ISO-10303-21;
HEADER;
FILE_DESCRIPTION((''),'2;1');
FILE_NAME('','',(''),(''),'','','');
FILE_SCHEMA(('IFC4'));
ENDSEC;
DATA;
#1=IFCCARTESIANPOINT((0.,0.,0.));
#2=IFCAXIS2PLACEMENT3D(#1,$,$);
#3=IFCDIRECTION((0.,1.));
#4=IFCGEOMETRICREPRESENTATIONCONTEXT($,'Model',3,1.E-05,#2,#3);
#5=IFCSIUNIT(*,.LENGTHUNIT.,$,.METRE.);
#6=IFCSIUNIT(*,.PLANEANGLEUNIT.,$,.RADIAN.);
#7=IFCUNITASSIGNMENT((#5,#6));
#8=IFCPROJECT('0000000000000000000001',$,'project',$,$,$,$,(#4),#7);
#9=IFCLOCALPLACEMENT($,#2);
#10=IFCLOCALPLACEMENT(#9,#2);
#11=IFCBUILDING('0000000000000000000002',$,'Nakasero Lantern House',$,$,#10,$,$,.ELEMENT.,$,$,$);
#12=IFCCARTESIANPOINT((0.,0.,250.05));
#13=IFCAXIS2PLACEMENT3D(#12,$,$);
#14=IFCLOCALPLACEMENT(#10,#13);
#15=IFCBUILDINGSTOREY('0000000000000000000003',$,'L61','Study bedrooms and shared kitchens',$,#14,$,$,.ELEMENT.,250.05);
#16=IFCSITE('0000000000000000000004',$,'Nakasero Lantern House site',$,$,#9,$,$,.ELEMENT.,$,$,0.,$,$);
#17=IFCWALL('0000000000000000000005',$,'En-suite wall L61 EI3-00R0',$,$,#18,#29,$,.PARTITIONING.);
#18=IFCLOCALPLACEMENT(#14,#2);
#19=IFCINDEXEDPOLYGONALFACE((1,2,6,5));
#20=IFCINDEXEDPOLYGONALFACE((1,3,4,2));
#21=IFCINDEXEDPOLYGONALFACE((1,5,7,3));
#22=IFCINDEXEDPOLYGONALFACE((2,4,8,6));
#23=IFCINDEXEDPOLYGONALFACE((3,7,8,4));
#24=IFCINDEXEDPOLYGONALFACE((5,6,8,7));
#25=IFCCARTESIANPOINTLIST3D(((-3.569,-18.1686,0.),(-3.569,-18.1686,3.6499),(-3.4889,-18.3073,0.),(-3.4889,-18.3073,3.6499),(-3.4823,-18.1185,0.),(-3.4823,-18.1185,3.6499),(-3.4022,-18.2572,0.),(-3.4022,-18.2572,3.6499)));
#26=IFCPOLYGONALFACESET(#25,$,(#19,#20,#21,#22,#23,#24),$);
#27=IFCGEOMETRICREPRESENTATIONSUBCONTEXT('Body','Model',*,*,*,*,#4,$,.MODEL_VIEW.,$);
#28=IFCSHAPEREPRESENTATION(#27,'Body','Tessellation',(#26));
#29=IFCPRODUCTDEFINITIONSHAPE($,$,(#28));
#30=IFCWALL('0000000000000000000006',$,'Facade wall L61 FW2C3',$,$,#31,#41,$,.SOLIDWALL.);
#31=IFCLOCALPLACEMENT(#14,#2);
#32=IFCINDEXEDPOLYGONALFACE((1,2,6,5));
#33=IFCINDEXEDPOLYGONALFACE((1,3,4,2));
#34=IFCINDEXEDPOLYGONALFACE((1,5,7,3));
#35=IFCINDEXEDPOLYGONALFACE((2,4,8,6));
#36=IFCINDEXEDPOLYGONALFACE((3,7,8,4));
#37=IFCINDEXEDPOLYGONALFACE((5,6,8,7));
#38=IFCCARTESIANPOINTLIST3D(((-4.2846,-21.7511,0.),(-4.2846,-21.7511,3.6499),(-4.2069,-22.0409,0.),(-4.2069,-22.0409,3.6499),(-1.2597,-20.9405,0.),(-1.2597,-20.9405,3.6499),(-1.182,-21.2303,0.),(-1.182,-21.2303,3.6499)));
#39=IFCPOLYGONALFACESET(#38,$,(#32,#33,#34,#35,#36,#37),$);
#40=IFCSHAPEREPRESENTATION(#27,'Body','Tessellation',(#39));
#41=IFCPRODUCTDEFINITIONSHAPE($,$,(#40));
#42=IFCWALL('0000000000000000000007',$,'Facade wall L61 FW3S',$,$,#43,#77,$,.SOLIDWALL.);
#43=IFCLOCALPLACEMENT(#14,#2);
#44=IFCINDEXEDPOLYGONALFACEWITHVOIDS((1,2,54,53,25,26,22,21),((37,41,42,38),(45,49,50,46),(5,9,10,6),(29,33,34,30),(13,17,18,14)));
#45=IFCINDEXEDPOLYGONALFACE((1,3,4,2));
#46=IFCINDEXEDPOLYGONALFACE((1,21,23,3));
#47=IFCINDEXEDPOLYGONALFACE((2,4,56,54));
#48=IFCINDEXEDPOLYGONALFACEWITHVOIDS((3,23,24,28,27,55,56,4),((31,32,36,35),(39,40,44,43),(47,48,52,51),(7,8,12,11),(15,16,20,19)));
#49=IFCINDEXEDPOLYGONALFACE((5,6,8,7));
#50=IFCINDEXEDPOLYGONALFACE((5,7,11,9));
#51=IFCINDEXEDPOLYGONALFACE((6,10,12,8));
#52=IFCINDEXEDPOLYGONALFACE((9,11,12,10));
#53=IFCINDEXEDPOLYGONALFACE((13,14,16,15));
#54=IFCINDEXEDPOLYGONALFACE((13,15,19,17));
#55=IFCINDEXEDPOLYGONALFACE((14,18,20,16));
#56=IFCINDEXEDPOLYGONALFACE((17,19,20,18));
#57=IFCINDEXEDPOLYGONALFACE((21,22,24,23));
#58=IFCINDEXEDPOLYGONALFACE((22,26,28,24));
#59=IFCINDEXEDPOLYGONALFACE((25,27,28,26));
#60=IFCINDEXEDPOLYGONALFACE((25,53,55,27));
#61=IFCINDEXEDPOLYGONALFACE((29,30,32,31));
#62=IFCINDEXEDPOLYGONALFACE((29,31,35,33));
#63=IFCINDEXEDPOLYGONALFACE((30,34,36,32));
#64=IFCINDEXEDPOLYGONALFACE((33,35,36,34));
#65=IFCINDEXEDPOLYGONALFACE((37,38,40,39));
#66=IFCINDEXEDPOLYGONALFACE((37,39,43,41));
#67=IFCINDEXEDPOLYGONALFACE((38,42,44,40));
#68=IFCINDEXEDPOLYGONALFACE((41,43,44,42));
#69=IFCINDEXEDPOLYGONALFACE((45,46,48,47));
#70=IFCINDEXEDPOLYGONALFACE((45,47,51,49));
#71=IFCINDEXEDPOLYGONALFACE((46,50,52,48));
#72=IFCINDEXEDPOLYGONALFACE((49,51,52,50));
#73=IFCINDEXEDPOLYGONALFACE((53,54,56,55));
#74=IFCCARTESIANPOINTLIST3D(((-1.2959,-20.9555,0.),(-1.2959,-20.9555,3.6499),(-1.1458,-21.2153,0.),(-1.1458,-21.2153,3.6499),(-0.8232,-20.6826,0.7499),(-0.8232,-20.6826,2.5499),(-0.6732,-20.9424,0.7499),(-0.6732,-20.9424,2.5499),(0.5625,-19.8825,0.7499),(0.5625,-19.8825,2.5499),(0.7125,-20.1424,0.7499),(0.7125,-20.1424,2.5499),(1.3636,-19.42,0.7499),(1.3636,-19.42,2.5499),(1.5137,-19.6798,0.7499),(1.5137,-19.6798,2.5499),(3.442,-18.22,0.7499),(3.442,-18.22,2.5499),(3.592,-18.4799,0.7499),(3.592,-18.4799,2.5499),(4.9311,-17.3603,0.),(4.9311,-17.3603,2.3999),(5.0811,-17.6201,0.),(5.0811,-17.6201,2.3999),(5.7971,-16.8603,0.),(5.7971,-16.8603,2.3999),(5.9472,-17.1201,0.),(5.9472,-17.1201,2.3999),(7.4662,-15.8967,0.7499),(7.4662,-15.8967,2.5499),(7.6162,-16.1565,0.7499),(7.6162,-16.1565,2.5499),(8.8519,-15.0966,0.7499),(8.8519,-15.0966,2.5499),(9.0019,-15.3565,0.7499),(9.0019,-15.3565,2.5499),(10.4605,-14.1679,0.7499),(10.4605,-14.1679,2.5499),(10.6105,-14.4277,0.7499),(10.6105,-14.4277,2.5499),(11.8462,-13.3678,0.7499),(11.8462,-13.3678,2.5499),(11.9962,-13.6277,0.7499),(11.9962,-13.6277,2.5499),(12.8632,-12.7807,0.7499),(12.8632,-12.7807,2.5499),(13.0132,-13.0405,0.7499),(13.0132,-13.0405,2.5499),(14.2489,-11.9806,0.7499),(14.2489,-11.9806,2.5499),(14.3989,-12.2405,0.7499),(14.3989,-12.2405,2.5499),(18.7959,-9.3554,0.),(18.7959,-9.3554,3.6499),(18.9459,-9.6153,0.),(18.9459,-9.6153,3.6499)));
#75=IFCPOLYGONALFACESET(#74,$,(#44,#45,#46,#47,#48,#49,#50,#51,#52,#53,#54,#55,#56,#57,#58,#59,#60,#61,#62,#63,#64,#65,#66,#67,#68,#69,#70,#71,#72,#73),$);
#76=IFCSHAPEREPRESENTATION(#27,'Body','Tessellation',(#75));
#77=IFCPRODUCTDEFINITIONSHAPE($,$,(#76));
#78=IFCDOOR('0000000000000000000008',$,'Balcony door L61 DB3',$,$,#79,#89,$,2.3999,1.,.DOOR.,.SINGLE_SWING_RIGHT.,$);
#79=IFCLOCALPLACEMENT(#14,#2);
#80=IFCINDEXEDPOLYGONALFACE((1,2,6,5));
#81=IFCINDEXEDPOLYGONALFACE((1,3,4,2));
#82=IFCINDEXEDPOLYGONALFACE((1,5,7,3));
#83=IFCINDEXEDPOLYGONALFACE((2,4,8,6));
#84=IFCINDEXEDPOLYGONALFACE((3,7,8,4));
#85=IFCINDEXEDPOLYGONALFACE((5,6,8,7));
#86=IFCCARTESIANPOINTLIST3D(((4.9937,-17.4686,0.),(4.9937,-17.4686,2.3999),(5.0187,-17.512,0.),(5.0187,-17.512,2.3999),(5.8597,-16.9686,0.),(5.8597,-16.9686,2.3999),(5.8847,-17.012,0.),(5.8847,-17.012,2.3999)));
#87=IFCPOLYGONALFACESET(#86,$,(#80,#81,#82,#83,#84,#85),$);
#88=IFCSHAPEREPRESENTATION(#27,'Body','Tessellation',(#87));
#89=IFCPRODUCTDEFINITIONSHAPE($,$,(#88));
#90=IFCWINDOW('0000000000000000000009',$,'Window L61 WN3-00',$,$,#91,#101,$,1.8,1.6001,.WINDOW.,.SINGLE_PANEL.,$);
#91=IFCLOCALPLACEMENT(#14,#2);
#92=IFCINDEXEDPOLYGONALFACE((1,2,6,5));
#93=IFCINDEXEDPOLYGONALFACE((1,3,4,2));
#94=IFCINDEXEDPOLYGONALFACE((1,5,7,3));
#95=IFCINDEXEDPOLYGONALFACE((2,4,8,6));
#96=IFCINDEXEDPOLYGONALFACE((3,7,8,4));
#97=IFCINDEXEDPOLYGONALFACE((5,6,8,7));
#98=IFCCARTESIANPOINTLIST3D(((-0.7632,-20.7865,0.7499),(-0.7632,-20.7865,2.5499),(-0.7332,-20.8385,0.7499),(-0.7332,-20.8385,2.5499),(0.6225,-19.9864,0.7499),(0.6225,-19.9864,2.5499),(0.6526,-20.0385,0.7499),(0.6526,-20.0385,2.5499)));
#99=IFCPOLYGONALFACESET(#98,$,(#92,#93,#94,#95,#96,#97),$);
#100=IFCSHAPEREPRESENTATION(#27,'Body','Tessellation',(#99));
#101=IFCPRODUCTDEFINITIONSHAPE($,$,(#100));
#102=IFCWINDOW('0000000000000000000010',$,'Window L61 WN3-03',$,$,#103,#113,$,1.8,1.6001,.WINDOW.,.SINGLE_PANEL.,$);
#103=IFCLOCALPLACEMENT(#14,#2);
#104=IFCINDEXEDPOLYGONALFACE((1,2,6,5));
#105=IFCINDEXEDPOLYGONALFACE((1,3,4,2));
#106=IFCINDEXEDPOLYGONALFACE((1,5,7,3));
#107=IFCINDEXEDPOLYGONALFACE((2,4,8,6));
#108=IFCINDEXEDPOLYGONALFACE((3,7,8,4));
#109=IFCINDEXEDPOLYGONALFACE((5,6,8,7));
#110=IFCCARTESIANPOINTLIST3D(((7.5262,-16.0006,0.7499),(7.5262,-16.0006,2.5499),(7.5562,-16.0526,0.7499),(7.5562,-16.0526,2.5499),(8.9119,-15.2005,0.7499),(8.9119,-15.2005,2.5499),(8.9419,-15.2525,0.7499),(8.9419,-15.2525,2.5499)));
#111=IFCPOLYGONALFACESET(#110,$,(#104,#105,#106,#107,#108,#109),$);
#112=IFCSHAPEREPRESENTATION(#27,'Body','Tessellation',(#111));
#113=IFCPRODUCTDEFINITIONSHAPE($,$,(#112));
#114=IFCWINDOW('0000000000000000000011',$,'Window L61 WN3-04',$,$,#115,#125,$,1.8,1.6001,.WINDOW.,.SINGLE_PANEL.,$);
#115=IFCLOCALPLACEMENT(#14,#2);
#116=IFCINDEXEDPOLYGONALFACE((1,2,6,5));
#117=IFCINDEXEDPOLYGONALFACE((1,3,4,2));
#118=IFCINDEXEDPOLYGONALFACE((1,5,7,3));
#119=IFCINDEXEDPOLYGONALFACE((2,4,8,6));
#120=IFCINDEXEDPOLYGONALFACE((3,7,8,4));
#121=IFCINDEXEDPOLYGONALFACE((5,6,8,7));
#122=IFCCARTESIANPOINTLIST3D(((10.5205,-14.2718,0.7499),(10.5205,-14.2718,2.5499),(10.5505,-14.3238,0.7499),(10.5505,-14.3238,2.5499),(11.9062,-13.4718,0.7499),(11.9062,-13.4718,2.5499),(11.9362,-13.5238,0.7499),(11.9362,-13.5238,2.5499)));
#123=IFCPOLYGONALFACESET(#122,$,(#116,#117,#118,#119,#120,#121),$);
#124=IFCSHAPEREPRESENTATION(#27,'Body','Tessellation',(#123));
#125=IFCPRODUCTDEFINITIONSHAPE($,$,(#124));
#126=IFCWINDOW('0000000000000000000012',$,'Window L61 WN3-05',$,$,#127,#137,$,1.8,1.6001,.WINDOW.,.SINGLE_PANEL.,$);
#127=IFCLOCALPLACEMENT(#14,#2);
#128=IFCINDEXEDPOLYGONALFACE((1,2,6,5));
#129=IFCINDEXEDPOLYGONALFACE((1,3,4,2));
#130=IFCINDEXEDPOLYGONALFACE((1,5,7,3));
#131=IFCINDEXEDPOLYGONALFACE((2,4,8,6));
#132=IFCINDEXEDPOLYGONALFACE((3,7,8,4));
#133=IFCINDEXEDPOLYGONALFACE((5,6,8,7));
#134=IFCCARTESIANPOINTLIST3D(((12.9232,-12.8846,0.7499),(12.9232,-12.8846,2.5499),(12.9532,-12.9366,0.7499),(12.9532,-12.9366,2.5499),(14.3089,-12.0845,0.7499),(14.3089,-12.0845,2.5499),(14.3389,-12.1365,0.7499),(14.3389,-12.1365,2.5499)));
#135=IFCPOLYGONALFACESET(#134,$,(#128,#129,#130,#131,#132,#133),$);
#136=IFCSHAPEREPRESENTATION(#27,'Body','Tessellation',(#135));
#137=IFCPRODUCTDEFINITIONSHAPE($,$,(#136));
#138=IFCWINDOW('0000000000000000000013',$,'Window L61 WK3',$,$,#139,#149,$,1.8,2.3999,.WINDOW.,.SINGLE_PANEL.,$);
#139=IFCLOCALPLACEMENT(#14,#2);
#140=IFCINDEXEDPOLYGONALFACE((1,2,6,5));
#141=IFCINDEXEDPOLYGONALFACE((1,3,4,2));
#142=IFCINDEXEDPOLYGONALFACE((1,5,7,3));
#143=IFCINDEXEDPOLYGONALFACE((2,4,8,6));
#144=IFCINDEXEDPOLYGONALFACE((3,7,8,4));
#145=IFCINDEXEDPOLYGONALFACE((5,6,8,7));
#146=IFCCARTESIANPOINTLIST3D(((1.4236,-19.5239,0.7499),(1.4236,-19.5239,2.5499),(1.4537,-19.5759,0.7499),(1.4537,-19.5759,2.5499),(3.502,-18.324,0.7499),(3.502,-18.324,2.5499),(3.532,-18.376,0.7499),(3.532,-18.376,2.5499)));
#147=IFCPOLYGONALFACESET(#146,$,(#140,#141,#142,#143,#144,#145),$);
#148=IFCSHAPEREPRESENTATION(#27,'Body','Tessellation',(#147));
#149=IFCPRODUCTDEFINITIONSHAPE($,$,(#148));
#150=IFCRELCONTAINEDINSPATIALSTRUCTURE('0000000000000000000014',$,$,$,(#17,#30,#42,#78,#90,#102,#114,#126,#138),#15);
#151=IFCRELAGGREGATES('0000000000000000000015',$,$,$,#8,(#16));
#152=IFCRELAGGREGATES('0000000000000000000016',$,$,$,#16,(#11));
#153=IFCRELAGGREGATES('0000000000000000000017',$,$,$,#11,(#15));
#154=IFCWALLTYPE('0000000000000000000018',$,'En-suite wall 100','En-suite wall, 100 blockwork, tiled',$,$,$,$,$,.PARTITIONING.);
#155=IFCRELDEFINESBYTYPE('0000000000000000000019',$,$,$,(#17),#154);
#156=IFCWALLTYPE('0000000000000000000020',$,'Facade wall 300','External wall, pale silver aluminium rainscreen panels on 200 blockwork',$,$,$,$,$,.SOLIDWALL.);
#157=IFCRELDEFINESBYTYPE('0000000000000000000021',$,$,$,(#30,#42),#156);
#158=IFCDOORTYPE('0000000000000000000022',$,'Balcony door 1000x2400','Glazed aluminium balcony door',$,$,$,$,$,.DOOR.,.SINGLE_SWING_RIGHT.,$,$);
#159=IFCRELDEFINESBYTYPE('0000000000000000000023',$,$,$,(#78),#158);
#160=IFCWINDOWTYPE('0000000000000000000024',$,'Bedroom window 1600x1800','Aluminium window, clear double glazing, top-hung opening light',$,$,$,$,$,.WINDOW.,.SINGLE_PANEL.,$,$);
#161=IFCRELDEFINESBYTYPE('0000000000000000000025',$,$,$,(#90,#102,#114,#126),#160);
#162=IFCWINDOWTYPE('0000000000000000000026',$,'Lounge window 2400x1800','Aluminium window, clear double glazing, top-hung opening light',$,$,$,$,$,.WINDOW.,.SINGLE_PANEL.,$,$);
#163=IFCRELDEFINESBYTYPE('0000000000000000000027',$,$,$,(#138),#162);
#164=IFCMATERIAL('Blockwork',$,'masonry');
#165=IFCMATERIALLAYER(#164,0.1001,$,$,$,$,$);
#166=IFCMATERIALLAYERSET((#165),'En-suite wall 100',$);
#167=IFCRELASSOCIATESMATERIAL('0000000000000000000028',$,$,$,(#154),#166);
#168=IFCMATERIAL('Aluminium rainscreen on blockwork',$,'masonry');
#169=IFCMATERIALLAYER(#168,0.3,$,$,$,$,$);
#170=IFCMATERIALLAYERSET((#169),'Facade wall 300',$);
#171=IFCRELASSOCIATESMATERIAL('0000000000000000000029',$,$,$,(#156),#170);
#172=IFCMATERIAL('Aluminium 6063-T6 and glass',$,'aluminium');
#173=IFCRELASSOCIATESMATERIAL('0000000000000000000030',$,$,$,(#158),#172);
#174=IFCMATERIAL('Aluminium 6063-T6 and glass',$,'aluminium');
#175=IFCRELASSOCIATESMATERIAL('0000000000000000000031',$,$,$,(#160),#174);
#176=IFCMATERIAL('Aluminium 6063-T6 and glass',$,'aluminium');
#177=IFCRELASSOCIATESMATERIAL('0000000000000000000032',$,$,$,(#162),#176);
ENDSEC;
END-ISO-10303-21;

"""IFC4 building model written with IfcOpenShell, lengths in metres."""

from ifc_helpers import new_model, si_unit, direction, frame, frame_2d, origin, place, context, subcontext, project, spatial, rectangle, extrude, material, layer, layer_set, type_object, element, fill, save


model = new_model("IFC4")

# Units and contexts
model_context = context("Model", 3, precision=1e-05, world=origin(), true_north=direction((0.0, 1.0)))
body_context = subcontext(model_context, "Body", "Model", "MODEL_VIEW")
ifc_project = project(units=[si_unit("LENGTHUNIT", "METRE"), si_unit("PLANEANGLEUNIT", "RADIAN")], contexts=[model_context])

# Site, building, storey
site_placement = place(None, origin())
site = spatial("IfcSite", under=ifc_project, at=site_placement, Name="Nakasero Lantern House site", CompositionType="ELEMENT", RefElevation=0.0)
building_placement = place(site_placement, origin())
building = spatial("IfcBuilding", under=site, at=building_placement, Name="Nakasero Lantern House", CompositionType="ELEMENT")
storey_placement = place(building_placement, frame((0.0, 0.0, 250.05)))
storey = spatial("IfcBuildingStorey", under=building, at=storey_placement, Name="L61", Description="Study bedrooms and shared kitchens", CompositionType="ELEMENT", Elevation=250.05)

# Shared definitions
ifc_material_1 = material(Name="Blockwork", Category="masonry")
ifc_layer_1 = layer(ifc_material_1, 0.1001)
ifc_layer_set_1 = layer_set([ifc_layer_1], Name="En-suite wall 100")
wall_type_1 = type_object("IfcWallType", Name="En-suite wall 100", Description="En-suite wall, 100 blockwork, tiled", PredefinedType="PARTITIONING", material=ifc_layer_set_1)

# Walls
wall_1_placement = place(storey_placement, frame((-3.5256, -18.1436, 0.0), z_axis=(0.0, 0.0, 1.0), x_axis=(0.500074, -0.865982, 0.0)))
element("IfcWall", 1, at=wall_1_placement, inside=storey, type_object=wall_type_1, Name="En-suite wall L61 EI3-00R0", PredefinedType="PARTITIONING", context=body_context, shape_type="SweptSolid", body=[
    extrude(rectangle(XDim=0.1602, YDim=0.1001, at=frame_2d((0.0801, 0.0))), origin(), (0.0, 0.0, 1.0), 3.6499),
])
ifc_material_2 = material(Name="Aluminium rainscreen on blockwork", Category="masonry")
ifc_layer_2 = layer(ifc_material_2, 0.3)
ifc_layer_set_2 = layer_set([ifc_layer_2], Name="Facade wall 300")
wall_type_2 = type_object("IfcWallType", Name="Facade wall 300", Description="External wall, pale silver aluminium rainscreen panels on 200 blockwork", PredefinedType="SOLIDWALL", material=ifc_layer_set_2)
wall_2_placement = place(storey_placement, frame((-4.2458, -21.896, 0.0), z_axis=(0.0, 0.0, 1.0), x_axis=(0.965924, 0.258827, 0.0)))
element("IfcWall", 2, at=wall_2_placement, inside=storey, type_object=wall_type_2, Name="Facade wall L61 FW2C3", PredefinedType="SOLIDWALL", context=body_context, shape_type="SweptSolid", body=[
    extrude(rectangle(XDim=3.1316, YDim=0.3, at=frame_2d((1.5659, 0.0))), origin(), (0.0, 0.0, 1.0), 3.6499),
])

# Wall, openings, door, windows
wall_3_placement = place(storey_placement, frame((-1.2209, -21.0854, 0.0), z_axis=(0.0, 0.0, 1.0), x_axis=(0.866024, 0.500003, 0.0)))
wall_3 = element("IfcWall", 3, at=wall_3_placement, inside=storey, type_object=wall_type_2, Name="Facade wall L61 FW3S", PredefinedType="SOLIDWALL", context=body_context, shape_type="SweptSolid", body=[
    extrude(rectangle(XDim=23.2, YDim=0.3, at=frame_2d((11.6001, 0.0))), origin(), (0.0, 0.0, 1.0), 3.6499),
])
opening_1_placement = place(wall_3_placement, frame((0.5459, 0.0, 0.75)))
opening_1 = element("IfcOpeningElement", 4, at=opening_1_placement, cuts=wall_3, PredefinedType="OPENING", context=body_context, shape_type="SweptSolid", body=[
    extrude(rectangle(XDim=1.6001, YDim=1.8, at=frame_2d((0.8, 0.8999))), frame((0.0, 0.1699, 0.0), z_axis=(0.0, -1.0, 0.0), x_axis=(1.0, 0.0, 0.0)), (0.0, 0.0, 1.0), 0.3401),
])
opening_2_placement = place(wall_3_placement, frame((10.1177, 0.0, 0.75)))
opening_2 = element("IfcOpeningElement", 5, at=opening_2_placement, cuts=wall_3, PredefinedType="OPENING", context=body_context, shape_type="SweptSolid", body=[
    extrude(rectangle(XDim=1.6001, YDim=1.8, at=frame_2d((0.8, 0.8999))), frame((0.0, 0.1699, 0.0), z_axis=(0.0, -1.0, 0.0), x_axis=(1.0, 0.0, 0.0)), (0.0, 0.0, 1.0), 0.3401),
])
opening_3_placement = place(wall_3_placement, frame((13.5752, 0.0, 0.75)))
opening_3 = element("IfcOpeningElement", 6, at=opening_3_placement, cuts=wall_3, PredefinedType="OPENING", context=body_context, shape_type="SweptSolid", body=[
    extrude(rectangle(XDim=1.6001, YDim=1.8, at=frame_2d((0.8, 0.8999))), frame((0.0, 0.1699, 0.0), z_axis=(0.0, -1.0, 0.0), x_axis=(1.0, 0.0, 0.0)), (0.0, 0.0, 1.0), 0.3401),
])
opening_4_placement = place(wall_3_placement, frame((16.3496, 0.0, 0.75)))
opening_4 = element("IfcOpeningElement", 7, at=opening_4_placement, cuts=wall_3, PredefinedType="OPENING", context=body_context, shape_type="SweptSolid", body=[
    extrude(rectangle(XDim=1.6001, YDim=1.8, at=frame_2d((0.8, 0.8999))), frame((0.0, 0.1699, 0.0), z_axis=(0.0, -1.0, 0.0), x_axis=(1.0, 0.0, 0.0)), (0.0, 0.0, 1.0), 0.3401),
])
opening_5_placement = place(wall_3_placement, frame((3.071, 0.0, 0.75)))
opening_5 = element("IfcOpeningElement", 8, at=opening_5_placement, cuts=wall_3, PredefinedType="OPENING", context=body_context, shape_type="SweptSolid", body=[
    extrude(rectangle(XDim=2.3999, YDim=1.8, at=frame_2d((1.2, 0.8999))), frame((0.0, 0.1699, 0.0), z_axis=(0.0, -1.0, 0.0), x_axis=(1.0, 0.0, 0.0)), (0.0, 0.0, 1.0), 0.3401),
])
opening_6_placement = place(wall_3_placement, frame((7.1904, 0.0, 0.0)))
opening_6 = element("IfcOpeningElement", 9, at=opening_6_placement, cuts=wall_3, PredefinedType="OPENING", context=body_context, shape_type="SweptSolid", body=[
    extrude(rectangle(XDim=1.0, YDim=2.3999, at=frame_2d((0.5, 1.2))), frame((0.0, 0.1699, 0.0), z_axis=(0.0, -1.0, 0.0), x_axis=(1.0, 0.0, 0.0)), (0.0, 0.0, 1.0), 0.3401),
])
ifc_material_3 = material(Name="Aluminium 6063-T6 and glass", Category="aluminium")
door_type_1 = type_object("IfcDoorType", Name="Balcony door 1000x2400", Description="Glazed aluminium balcony door", OperationType="SINGLE_SWING_RIGHT", PredefinedType="DOOR", material=ifc_material_3)
door_1_placement = place(opening_6_placement, origin())
door_1 = element("IfcDoor", 10, at=door_1_placement, inside=storey, type_object=door_type_1, Name="Balcony door L61 DB3", OperationType="SINGLE_SWING_RIGHT", OverallHeight=2.3999, OverallWidth=1.0, PredefinedType="DOOR", context=body_context, shape_type="SweptSolid", body=[
    extrude(rectangle(XDim=1.0, YDim=2.3999, at=frame_2d((0.5, 1.2))), frame((0.0, 0.0249, 0.0), z_axis=(0.0, -1.0, 0.0), x_axis=(1.0, 0.0, 0.0)), (0.0, 0.0, 1.0), 0.05),
])
fill(opening_6, door_1)
ifc_material_4 = material(Name="Aluminium 6063-T6 and glass", Category="aluminium")
window_type_1 = type_object("IfcWindowType", Name="Bedroom window 1600x1800", Description="Aluminium window, clear double glazing, top-hung opening light", PartitioningType="SINGLE_PANEL", PredefinedType="WINDOW", material=ifc_material_4)
window_1_placement = place(opening_1_placement, origin())
window_1 = element("IfcWindow", 11, at=window_1_placement, inside=storey, type_object=window_type_1, Name="Window L61 WN3-00", OverallHeight=1.8, OverallWidth=1.6001, PartitioningType="SINGLE_PANEL", PredefinedType="WINDOW", context=body_context, shape_type="SweptSolid", body=[
    extrude(rectangle(XDim=1.6001, YDim=1.8, at=frame_2d((0.8, 0.8999))), frame((0.0, 0.03, 0.0), z_axis=(0.0, -1.0, 0.0), x_axis=(1.0, 0.0, 0.0)), (0.0, 0.0, 1.0), 0.0601),
])
fill(opening_1, window_1)
window_2_placement = place(opening_2_placement, origin())
window_2 = element("IfcWindow", 12, at=window_2_placement, inside=storey, type_object=window_type_1, Name="Window L61 WN3-03", OverallHeight=1.8, OverallWidth=1.6001, PartitioningType="SINGLE_PANEL", PredefinedType="WINDOW", context=body_context, shape_type="SweptSolid", body=[
    extrude(rectangle(XDim=1.6001, YDim=1.8, at=frame_2d((0.8, 0.8999))), frame((0.0, 0.03, 0.0), z_axis=(0.0, -1.0, 0.0), x_axis=(1.0, 0.0, 0.0)), (0.0, 0.0, 1.0), 0.0601),
])
fill(opening_2, window_2)
window_3_placement = place(opening_3_placement, origin())
window_3 = element("IfcWindow", 13, at=window_3_placement, inside=storey, type_object=window_type_1, Name="Window L61 WN3-04", OverallHeight=1.8, OverallWidth=1.6001, PartitioningType="SINGLE_PANEL", PredefinedType="WINDOW", context=body_context, shape_type="SweptSolid", body=[
    extrude(rectangle(XDim=1.6001, YDim=1.8, at=frame_2d((0.8, 0.8999))), frame((0.0, 0.03, 0.0), z_axis=(0.0, -1.0, 0.0), x_axis=(1.0, 0.0, 0.0)), (0.0, 0.0, 1.0), 0.0601),
])
fill(opening_3, window_3)
window_4_placement = place(opening_4_placement, origin())
window_4 = element("IfcWindow", 14, at=window_4_placement, inside=storey, type_object=window_type_1, Name="Window L61 WN3-05", OverallHeight=1.8, OverallWidth=1.6001, PartitioningType="SINGLE_PANEL", PredefinedType="WINDOW", context=body_context, shape_type="SweptSolid", body=[
    extrude(rectangle(XDim=1.6001, YDim=1.8, at=frame_2d((0.8, 0.8999))), frame((0.0, 0.03, 0.0), z_axis=(0.0, -1.0, 0.0), x_axis=(1.0, 0.0, 0.0)), (0.0, 0.0, 1.0), 0.0601),
])
fill(opening_4, window_4)
ifc_material_5 = material(Name="Aluminium 6063-T6 and glass", Category="aluminium")
window_type_2 = type_object("IfcWindowType", Name="Lounge window 2400x1800", Description="Aluminium window, clear double glazing, top-hung opening light", PartitioningType="SINGLE_PANEL", PredefinedType="WINDOW", material=ifc_material_5)
window_5_placement = place(opening_5_placement, origin())
window_5 = element("IfcWindow", 15, at=window_5_placement, inside=storey, type_object=window_type_2, Name="Window L61 WK3", OverallHeight=1.8, OverallWidth=2.3999, PartitioningType="SINGLE_PANEL", PredefinedType="WINDOW", context=body_context, shape_type="SweptSolid", body=[
    extrude(rectangle(XDim=2.3999, YDim=1.8, at=frame_2d((1.2, 0.8999))), frame((0.0, 0.03, 0.0), z_axis=(0.0, -1.0, 0.0), x_axis=(1.0, 0.0, 0.0)), (0.0, 0.0, 1.0), 0.0601),
])
fill(opening_5, window_5)

save(model, "model.ifc")
